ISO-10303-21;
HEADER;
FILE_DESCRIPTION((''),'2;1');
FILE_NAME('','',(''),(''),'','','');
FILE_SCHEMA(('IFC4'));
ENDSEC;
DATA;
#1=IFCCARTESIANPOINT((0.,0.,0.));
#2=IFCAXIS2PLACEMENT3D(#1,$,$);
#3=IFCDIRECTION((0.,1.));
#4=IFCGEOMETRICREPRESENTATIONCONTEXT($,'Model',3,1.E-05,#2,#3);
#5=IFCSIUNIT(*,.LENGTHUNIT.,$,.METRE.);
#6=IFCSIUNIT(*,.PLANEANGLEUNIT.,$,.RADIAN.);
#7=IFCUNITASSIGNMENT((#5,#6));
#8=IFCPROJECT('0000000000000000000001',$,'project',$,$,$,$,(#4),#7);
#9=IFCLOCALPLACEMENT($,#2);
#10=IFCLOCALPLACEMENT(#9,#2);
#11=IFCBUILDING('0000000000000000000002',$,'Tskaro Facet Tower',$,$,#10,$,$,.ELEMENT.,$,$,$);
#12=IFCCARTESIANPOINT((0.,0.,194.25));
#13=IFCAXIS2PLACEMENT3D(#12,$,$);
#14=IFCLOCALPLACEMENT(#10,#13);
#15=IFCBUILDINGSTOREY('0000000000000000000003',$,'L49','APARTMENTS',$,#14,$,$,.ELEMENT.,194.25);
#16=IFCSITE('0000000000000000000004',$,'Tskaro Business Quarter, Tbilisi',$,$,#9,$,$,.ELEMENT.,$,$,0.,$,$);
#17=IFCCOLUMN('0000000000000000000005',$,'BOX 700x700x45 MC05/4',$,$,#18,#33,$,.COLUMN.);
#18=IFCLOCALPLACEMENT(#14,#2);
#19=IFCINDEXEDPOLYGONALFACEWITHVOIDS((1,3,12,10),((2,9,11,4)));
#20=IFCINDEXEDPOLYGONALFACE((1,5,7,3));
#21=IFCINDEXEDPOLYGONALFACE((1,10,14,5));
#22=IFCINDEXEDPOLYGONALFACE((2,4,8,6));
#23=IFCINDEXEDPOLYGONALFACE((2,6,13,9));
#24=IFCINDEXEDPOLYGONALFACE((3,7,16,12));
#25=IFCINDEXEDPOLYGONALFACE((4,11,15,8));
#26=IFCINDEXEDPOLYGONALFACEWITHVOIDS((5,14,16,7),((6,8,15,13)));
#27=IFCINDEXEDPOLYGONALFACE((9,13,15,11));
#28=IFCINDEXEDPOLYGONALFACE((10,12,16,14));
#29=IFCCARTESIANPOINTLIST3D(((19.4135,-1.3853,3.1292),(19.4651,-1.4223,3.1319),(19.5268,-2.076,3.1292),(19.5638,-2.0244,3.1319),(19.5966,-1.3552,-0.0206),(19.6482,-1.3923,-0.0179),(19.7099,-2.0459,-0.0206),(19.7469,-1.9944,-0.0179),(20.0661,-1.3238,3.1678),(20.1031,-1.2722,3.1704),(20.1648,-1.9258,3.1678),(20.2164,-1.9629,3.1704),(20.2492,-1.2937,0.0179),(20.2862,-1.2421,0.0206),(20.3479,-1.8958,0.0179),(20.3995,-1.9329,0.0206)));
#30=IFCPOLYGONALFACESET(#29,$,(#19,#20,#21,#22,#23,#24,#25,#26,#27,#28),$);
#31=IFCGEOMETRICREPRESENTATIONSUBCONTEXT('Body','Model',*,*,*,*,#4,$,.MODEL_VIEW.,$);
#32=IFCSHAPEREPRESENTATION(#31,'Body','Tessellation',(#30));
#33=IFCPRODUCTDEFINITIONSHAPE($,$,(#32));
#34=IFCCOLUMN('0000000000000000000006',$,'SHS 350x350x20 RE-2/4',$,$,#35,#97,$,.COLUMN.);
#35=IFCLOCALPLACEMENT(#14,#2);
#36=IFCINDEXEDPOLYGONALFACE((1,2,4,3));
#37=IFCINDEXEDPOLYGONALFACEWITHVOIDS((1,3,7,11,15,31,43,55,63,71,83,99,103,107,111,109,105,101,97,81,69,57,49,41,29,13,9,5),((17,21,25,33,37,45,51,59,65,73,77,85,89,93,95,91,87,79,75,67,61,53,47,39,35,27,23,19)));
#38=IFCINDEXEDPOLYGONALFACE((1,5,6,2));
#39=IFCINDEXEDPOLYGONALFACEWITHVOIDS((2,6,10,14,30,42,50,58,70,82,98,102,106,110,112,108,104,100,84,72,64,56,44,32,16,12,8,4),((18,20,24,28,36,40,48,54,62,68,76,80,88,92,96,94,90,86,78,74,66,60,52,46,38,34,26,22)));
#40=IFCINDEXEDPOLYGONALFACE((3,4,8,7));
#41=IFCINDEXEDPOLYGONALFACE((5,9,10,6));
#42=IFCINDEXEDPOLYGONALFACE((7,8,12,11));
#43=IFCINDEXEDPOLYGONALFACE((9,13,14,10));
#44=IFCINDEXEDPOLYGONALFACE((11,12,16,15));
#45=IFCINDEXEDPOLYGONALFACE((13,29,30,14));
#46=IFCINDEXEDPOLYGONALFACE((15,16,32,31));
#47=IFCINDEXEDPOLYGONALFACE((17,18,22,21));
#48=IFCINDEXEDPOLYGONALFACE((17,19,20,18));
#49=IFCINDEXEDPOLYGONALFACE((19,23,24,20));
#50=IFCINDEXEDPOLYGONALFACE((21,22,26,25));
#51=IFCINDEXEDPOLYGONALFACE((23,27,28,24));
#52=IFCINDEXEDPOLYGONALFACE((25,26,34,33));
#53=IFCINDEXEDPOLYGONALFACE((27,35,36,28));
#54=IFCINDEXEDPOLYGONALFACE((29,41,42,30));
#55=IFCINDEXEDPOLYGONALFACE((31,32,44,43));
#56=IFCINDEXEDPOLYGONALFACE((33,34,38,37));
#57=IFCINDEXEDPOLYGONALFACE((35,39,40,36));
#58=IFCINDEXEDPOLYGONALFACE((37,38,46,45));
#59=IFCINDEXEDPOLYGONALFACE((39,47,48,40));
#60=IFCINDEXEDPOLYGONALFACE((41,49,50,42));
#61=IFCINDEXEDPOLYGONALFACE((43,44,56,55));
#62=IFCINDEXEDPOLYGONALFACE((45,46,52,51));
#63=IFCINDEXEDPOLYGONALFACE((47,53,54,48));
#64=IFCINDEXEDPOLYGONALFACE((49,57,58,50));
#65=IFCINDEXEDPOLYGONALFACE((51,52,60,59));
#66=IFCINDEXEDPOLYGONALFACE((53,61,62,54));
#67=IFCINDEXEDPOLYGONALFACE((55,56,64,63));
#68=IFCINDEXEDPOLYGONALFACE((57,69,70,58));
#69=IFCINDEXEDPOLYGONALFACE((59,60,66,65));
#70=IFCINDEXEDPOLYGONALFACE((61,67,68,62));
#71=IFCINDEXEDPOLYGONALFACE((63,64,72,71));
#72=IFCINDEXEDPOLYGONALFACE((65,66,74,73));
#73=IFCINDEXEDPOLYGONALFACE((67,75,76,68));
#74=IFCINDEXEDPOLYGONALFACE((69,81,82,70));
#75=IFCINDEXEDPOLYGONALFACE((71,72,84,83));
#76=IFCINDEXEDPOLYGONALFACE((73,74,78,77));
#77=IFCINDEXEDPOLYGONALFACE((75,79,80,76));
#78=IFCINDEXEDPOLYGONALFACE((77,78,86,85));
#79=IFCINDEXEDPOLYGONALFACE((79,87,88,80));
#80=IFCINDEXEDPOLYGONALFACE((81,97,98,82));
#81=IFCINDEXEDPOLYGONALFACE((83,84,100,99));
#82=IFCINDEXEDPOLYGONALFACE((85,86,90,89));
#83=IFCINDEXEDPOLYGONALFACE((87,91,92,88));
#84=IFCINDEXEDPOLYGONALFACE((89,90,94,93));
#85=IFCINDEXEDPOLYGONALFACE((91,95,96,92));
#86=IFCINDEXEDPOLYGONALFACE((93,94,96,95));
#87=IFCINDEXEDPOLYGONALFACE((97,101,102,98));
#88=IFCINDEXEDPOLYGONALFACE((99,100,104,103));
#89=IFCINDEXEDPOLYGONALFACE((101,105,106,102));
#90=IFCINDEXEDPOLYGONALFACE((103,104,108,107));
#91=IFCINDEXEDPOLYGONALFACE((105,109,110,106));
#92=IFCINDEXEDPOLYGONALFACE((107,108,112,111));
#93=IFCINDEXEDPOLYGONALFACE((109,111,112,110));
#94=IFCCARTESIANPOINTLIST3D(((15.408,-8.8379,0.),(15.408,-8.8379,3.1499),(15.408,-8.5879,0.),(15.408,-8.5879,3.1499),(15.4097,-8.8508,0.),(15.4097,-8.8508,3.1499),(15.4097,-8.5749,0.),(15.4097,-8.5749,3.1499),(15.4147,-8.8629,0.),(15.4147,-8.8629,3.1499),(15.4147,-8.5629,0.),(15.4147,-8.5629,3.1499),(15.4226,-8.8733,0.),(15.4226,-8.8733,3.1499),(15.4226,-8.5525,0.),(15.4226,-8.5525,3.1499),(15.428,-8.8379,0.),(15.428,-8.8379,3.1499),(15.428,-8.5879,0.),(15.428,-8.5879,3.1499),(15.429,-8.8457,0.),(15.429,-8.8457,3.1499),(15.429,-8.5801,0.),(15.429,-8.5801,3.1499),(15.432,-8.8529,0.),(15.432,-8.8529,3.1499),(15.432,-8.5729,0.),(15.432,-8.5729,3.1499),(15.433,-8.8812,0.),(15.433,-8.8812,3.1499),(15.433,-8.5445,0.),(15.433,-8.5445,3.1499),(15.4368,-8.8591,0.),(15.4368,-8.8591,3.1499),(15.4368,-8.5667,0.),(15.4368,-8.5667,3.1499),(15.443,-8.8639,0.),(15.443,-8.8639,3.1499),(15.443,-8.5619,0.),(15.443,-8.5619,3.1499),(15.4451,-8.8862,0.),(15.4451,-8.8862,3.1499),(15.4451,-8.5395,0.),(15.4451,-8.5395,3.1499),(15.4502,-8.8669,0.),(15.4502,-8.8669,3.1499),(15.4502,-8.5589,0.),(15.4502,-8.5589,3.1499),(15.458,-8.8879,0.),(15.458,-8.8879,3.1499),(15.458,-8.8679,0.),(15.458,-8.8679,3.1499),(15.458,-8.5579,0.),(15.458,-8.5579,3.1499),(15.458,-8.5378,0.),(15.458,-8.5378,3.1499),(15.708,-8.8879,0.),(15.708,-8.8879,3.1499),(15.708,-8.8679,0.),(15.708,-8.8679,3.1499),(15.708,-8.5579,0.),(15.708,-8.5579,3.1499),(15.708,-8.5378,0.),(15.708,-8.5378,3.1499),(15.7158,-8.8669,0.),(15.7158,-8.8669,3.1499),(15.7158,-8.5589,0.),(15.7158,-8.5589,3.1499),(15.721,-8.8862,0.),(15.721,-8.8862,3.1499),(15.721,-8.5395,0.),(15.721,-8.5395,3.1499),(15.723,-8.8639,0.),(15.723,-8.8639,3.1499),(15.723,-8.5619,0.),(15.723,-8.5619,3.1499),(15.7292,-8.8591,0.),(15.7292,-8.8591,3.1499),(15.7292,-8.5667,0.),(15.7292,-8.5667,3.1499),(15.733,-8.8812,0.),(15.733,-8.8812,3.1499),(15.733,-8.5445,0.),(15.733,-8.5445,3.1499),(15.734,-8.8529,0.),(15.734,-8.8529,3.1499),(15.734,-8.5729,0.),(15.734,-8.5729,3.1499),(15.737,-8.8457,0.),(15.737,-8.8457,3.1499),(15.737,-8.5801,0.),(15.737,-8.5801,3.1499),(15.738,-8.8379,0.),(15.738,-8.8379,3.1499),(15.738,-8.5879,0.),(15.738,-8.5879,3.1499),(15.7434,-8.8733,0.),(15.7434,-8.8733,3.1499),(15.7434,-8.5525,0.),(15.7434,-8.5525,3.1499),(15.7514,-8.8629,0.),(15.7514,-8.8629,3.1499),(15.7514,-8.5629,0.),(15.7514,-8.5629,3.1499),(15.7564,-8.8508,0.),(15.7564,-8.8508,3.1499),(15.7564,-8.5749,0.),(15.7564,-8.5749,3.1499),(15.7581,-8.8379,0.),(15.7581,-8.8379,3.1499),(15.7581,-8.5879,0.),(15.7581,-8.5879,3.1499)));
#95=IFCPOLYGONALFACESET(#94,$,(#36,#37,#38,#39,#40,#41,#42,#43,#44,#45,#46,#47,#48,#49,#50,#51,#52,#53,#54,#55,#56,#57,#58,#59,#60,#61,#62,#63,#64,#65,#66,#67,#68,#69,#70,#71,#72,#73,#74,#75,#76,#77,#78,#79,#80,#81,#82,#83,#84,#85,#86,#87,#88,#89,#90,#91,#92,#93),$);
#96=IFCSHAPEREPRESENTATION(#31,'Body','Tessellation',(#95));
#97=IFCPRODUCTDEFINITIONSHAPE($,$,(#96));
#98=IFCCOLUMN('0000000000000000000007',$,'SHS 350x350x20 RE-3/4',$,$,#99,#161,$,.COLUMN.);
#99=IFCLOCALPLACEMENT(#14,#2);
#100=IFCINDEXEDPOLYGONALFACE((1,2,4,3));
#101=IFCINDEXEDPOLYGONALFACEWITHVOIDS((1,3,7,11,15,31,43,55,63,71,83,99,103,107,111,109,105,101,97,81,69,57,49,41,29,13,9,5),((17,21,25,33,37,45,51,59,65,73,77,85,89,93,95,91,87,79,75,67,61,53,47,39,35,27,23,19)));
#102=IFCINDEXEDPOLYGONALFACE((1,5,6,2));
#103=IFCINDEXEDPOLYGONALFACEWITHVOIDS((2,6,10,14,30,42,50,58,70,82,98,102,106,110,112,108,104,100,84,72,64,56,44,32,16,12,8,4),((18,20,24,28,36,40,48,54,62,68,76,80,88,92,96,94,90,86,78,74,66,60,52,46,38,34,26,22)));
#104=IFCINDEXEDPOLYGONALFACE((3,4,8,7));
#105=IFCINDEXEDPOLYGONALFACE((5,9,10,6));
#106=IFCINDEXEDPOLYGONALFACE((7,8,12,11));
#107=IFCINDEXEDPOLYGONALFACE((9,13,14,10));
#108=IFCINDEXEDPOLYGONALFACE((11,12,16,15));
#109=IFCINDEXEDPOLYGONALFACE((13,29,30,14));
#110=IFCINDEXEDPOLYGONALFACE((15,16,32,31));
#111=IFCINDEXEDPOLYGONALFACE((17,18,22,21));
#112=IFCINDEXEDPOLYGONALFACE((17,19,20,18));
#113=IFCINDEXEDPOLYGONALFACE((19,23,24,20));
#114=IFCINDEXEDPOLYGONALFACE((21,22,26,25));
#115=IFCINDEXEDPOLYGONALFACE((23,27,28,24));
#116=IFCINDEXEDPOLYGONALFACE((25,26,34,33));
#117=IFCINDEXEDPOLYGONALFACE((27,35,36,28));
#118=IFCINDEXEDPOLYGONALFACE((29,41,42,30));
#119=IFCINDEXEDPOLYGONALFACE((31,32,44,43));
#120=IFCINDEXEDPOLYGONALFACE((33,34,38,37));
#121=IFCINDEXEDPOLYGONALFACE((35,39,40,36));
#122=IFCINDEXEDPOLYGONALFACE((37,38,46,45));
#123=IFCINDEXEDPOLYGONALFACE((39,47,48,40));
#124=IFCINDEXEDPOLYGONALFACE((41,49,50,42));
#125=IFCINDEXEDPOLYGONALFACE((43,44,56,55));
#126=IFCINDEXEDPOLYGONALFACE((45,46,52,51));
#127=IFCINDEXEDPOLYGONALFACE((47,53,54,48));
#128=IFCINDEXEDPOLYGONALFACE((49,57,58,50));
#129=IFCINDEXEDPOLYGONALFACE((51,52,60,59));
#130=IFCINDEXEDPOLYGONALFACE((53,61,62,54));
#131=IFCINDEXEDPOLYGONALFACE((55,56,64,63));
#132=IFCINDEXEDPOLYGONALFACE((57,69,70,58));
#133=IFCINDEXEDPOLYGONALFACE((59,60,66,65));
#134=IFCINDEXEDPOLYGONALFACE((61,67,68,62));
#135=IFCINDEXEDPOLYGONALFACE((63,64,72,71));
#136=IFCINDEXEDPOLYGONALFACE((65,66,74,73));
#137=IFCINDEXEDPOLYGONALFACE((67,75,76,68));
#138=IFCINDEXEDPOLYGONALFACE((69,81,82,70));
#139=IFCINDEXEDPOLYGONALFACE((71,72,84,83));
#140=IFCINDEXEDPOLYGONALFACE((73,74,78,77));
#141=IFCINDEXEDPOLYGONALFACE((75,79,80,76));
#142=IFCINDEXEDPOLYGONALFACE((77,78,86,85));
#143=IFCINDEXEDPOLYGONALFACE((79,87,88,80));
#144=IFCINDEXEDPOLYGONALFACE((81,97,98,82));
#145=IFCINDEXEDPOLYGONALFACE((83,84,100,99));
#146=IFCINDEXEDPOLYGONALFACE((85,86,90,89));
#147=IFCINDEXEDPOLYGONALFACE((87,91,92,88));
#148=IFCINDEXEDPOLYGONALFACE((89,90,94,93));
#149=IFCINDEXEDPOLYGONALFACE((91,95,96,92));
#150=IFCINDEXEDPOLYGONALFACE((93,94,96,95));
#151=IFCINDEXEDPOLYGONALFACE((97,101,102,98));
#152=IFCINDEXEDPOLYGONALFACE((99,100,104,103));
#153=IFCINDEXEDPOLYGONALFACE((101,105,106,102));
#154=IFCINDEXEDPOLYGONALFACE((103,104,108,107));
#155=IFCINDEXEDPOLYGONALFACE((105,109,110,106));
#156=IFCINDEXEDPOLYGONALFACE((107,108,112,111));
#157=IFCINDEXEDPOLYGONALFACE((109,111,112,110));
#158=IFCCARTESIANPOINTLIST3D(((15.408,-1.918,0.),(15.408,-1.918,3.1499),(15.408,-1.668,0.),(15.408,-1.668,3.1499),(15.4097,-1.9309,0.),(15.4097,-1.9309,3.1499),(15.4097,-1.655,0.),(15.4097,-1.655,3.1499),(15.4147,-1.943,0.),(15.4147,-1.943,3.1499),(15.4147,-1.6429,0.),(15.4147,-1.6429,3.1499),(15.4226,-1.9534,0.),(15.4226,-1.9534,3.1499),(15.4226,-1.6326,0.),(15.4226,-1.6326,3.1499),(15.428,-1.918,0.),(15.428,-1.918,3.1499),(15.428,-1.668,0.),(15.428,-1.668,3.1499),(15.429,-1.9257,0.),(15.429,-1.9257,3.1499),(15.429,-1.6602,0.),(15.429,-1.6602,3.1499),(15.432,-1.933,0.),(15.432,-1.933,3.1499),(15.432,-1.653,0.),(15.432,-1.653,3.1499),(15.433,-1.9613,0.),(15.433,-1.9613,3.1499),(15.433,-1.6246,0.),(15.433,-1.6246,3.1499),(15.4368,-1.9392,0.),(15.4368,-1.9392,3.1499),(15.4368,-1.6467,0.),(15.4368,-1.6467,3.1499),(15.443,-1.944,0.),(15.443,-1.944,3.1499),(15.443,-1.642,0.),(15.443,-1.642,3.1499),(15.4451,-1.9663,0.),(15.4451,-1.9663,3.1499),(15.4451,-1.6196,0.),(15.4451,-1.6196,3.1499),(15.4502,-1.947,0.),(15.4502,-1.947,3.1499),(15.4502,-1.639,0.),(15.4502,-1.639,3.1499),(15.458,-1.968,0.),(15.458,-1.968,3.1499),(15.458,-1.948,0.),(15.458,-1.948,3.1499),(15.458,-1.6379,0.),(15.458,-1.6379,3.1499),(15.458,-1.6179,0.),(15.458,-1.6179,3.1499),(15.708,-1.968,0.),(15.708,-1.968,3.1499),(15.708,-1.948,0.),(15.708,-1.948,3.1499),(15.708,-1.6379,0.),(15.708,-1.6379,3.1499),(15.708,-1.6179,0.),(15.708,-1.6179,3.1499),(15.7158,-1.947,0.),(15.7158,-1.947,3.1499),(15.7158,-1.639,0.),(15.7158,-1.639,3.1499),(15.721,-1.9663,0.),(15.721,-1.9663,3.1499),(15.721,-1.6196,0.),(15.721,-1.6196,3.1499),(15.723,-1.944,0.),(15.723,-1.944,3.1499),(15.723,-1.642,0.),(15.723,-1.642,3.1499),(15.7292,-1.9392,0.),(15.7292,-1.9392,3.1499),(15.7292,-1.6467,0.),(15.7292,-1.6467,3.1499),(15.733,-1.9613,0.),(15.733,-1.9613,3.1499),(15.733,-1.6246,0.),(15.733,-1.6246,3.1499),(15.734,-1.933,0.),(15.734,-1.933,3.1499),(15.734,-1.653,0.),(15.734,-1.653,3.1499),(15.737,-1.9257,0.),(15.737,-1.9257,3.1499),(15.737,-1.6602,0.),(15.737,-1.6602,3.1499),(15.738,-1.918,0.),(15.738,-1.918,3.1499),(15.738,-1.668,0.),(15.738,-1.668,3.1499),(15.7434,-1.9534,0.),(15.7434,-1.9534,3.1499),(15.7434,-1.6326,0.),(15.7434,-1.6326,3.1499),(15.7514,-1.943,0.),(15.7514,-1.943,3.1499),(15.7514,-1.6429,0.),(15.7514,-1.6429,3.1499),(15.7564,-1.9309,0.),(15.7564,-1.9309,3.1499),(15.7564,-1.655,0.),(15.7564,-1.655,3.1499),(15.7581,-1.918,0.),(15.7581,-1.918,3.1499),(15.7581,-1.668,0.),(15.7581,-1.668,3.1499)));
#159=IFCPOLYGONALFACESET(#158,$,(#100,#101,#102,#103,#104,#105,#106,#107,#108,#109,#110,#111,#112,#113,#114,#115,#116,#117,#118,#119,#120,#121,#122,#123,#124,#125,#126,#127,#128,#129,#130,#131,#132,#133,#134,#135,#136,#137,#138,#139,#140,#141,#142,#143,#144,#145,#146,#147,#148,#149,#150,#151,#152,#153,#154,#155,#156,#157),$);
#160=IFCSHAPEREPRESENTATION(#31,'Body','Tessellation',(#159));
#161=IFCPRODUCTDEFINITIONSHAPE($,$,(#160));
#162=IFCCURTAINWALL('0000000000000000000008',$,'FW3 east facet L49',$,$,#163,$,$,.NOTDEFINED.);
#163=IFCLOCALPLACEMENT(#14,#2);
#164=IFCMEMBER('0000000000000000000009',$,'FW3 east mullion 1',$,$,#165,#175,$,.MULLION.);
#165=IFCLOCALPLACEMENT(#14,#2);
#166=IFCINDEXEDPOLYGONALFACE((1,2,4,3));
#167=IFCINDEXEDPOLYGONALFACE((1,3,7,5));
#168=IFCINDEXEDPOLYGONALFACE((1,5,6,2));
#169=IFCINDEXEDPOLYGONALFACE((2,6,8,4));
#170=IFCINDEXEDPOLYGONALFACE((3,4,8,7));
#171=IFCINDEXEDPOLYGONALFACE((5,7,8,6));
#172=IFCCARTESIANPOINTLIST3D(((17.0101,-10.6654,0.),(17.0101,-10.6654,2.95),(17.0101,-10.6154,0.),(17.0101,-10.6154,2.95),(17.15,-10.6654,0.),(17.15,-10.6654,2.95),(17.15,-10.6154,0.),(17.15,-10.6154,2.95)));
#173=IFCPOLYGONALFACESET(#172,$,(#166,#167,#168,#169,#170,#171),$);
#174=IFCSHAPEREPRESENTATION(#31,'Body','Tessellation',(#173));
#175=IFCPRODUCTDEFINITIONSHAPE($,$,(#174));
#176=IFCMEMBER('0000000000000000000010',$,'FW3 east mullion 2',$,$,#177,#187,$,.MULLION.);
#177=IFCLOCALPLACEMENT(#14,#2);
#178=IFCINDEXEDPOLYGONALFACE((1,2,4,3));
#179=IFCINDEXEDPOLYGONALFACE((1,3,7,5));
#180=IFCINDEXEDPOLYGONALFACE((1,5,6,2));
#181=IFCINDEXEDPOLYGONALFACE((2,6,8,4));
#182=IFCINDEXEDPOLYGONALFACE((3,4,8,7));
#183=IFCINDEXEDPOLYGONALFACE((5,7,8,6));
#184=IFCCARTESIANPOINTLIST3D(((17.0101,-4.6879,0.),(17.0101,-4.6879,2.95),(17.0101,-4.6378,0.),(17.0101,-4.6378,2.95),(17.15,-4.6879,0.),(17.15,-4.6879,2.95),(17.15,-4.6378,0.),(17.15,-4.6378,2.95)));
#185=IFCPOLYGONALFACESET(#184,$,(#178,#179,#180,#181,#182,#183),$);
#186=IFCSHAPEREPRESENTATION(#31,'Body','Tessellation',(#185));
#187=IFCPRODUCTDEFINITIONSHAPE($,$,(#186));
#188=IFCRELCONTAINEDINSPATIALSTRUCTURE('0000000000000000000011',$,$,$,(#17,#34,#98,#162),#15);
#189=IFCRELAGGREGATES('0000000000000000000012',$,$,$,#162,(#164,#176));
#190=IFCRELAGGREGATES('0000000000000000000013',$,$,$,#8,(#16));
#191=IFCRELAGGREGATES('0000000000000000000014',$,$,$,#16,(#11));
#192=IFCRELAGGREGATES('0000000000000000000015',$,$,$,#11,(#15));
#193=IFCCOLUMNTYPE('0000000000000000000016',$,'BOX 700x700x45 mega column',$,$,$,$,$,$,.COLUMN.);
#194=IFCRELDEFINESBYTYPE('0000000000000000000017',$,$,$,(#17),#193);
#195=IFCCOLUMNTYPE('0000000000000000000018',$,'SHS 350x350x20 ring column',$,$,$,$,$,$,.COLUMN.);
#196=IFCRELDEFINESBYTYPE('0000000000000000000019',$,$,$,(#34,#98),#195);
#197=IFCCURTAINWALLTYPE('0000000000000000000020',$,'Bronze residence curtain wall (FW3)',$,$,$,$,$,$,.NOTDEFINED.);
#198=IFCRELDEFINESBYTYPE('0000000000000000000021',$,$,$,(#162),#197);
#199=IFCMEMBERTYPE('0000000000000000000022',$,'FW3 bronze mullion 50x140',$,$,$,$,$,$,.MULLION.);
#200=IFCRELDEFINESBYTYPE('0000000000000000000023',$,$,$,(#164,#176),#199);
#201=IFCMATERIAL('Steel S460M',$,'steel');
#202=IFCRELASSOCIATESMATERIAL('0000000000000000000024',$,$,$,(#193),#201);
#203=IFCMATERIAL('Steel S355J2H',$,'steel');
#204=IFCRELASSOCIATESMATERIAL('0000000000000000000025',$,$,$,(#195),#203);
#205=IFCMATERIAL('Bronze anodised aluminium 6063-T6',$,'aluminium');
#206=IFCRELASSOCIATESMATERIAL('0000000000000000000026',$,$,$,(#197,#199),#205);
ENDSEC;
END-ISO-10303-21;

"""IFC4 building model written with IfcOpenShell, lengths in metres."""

from ifc_helpers import new_model, si_unit, direction, frame, origin, origin_2d, place, context, subcontext, project, spatial, rectangle, hollow_rectangle, extrude, material, material_profile, profile_set, type_object, element, aggregate, save


model = new_model("IFC4")

# Units and contexts
model_context = context("Model", 3, precision=1e-05, world=origin(), true_north=direction((0.0, 1.0)))
body_context = subcontext(model_context, "Body", "Model", "MODEL_VIEW")
ifc_project = project(units=[si_unit("LENGTHUNIT", "METRE"), si_unit("PLANEANGLEUNIT", "RADIAN")], contexts=[model_context])

# Site, building, storey
site_placement = place(None, origin())
site = spatial("IfcSite", under=ifc_project, at=site_placement, Name="Tskaro Business Quarter, Tbilisi", CompositionType="ELEMENT", RefElevation=0.0)
building_placement = place(site_placement, origin())
building = spatial("IfcBuilding", under=site, at=building_placement, Name="Tskaro Facet Tower", CompositionType="ELEMENT")
storey_placement = place(building_placement, frame((0.0, 0.0, 194.25)))
storey = spatial("IfcBuildingStorey", under=building, at=storey_placement, Name="L49", Description="APARTMENTS", CompositionType="ELEMENT", Elevation=194.25)

# Columns
ifc_material_1 = material(Name="Steel S460M", Category="steel")
ifc_material_profile_1 = material_profile(ifc_material_1, hollow_rectangle(XDim=0.7, YDim=0.7, WallThickness=0.0449, at=origin_2d()), Name="BOX 700x700x45")
ifc_profile_set_1 = profile_set([ifc_material_profile_1], Name="Steel S460M")
column_type_1 = type_object("IfcColumnType", Name="BOX 700x700x45 mega column", PredefinedType="COLUMN", material=ifc_profile_set_1)
column_placement = place(storey_placement, frame((19.998, -1.644, 0.0), z_axis=(-0.05803, -0.009517, 0.998269), x_axis=(0.161838, -0.986817, 0.0)))
element("IfcColumn", 1, at=column_placement, inside=storey, type_object=column_type_1, Name="BOX 700x700x45 MC05/4", PredefinedType="COLUMN", context=body_context, shape_type="SweptSolid", body=[
    extrude(hollow_rectangle(XDim=0.7, YDim=0.7, WallThickness=0.0449, at=origin_2d()), origin(), (0.0, 0.0, 1.0), 3.1553),
])
ifc_material_2 = material(Name="Steel S355J2H", Category="steel")
ifc_material_profile_2 = material_profile(ifc_material_2, hollow_rectangle(XDim=0.3501, YDim=0.3501, WallThickness=0.02, InnerFilletRadius=0.03, OuterFilletRadius=0.05, at=origin_2d()), Name="SHS 350x350x20")
ifc_profile_set_2 = profile_set([ifc_material_profile_2], Name="Steel S355J2H")
column_type_2 = type_object("IfcColumnType", Name="SHS 350x350x20 ring column", PredefinedType="COLUMN", material=ifc_profile_set_2)
for number, where, z_axis, x_axis, name in (
    (2, (15.583, -8.7129, 0.0), (0.0, 0.0, 1.0), (1.0, 0.0, 0.0), "SHS 350x350x20 RE-2/4"),
    (3, (15.583, -1.793, 0.0), (0.0, 0.0, 1.0), (1.0, 0.0, 0.0), "SHS 350x350x20 RE-3/4"),
):
    element("IfcColumn", number, at=place(storey_placement, frame(where, z_axis=z_axis, x_axis=x_axis)), inside=storey, type_object=column_type_2, Name=name, PredefinedType="COLUMN", context=body_context, shape_type="SweptSolid", body=[
        extrude(hollow_rectangle(XDim=0.3501, YDim=0.3501, WallThickness=0.02, InnerFilletRadius=0.03, OuterFilletRadius=0.05, at=origin_2d()), origin(), (0.0, 0.0, 1.0), 3.1499),
    ])

# Curtain wall, members
ifc_material_3 = material(Name="Bronze anodised aluminium 6063-T6", Category="aluminium")
curtain_wall_type = type_object("IfcCurtainWallType", Name="Bronze residence curtain wall (FW3)", PredefinedType="NOTDEFINED", material=ifc_material_3)
curtain_wall_placement = place(storey_placement, origin())
curtain_wall = element("IfcCurtainWall", 4, at=curtain_wall_placement, inside=storey, type_object=curtain_wall_type, Name="FW3 east facet L49", PredefinedType="NOTDEFINED")
ifc_material_profile_3 = material_profile(ifc_material_3, rectangle(XDim=0.05, YDim=0.1399, at=origin_2d()), Name="Mullion 50x140")
ifc_profile_set_3 = profile_set([ifc_material_profile_3], Name="Bronze anodised aluminium 6063-T6")
member_type_1 = type_object("IfcMemberType", Name="FW3 bronze mullion 50x140", PredefinedType="MULLION", material=ifc_profile_set_3)
member_1_placement = place(storey_placement, frame((17.0801, -10.6404, 0.0), z_axis=(0.0, 0.0, 1.0), x_axis=(0.0, 1.0, 0.0)))
member_1 = element("IfcMember", 5, at=member_1_placement, type_object=member_type_1, Name="FW3 east mullion 1", PredefinedType="MULLION", context=body_context, shape_type="SweptSolid", body=[
    extrude(rectangle(XDim=0.05, YDim=0.1399, at=origin_2d()), origin(), (0.0, 0.0, 1.0), 2.95),
])
member_2_placement = place(storey_placement, frame((17.0801, -4.6628, 0.0), z_axis=(0.0, 0.0, 1.0), x_axis=(0.0, 1.0, 0.0)))
member_2 = element("IfcMember", 6, at=member_2_placement, type_object=member_type_1, Name="FW3 east mullion 2", PredefinedType="MULLION", context=body_context, shape_type="SweptSolid", body=[
    extrude(rectangle(XDim=0.05, YDim=0.1399, at=origin_2d()), origin(), (0.0, 0.0, 1.0), 2.95),
])

aggregate(curtain_wall, [member_1, member_2])

save(model, "model.ifc")
